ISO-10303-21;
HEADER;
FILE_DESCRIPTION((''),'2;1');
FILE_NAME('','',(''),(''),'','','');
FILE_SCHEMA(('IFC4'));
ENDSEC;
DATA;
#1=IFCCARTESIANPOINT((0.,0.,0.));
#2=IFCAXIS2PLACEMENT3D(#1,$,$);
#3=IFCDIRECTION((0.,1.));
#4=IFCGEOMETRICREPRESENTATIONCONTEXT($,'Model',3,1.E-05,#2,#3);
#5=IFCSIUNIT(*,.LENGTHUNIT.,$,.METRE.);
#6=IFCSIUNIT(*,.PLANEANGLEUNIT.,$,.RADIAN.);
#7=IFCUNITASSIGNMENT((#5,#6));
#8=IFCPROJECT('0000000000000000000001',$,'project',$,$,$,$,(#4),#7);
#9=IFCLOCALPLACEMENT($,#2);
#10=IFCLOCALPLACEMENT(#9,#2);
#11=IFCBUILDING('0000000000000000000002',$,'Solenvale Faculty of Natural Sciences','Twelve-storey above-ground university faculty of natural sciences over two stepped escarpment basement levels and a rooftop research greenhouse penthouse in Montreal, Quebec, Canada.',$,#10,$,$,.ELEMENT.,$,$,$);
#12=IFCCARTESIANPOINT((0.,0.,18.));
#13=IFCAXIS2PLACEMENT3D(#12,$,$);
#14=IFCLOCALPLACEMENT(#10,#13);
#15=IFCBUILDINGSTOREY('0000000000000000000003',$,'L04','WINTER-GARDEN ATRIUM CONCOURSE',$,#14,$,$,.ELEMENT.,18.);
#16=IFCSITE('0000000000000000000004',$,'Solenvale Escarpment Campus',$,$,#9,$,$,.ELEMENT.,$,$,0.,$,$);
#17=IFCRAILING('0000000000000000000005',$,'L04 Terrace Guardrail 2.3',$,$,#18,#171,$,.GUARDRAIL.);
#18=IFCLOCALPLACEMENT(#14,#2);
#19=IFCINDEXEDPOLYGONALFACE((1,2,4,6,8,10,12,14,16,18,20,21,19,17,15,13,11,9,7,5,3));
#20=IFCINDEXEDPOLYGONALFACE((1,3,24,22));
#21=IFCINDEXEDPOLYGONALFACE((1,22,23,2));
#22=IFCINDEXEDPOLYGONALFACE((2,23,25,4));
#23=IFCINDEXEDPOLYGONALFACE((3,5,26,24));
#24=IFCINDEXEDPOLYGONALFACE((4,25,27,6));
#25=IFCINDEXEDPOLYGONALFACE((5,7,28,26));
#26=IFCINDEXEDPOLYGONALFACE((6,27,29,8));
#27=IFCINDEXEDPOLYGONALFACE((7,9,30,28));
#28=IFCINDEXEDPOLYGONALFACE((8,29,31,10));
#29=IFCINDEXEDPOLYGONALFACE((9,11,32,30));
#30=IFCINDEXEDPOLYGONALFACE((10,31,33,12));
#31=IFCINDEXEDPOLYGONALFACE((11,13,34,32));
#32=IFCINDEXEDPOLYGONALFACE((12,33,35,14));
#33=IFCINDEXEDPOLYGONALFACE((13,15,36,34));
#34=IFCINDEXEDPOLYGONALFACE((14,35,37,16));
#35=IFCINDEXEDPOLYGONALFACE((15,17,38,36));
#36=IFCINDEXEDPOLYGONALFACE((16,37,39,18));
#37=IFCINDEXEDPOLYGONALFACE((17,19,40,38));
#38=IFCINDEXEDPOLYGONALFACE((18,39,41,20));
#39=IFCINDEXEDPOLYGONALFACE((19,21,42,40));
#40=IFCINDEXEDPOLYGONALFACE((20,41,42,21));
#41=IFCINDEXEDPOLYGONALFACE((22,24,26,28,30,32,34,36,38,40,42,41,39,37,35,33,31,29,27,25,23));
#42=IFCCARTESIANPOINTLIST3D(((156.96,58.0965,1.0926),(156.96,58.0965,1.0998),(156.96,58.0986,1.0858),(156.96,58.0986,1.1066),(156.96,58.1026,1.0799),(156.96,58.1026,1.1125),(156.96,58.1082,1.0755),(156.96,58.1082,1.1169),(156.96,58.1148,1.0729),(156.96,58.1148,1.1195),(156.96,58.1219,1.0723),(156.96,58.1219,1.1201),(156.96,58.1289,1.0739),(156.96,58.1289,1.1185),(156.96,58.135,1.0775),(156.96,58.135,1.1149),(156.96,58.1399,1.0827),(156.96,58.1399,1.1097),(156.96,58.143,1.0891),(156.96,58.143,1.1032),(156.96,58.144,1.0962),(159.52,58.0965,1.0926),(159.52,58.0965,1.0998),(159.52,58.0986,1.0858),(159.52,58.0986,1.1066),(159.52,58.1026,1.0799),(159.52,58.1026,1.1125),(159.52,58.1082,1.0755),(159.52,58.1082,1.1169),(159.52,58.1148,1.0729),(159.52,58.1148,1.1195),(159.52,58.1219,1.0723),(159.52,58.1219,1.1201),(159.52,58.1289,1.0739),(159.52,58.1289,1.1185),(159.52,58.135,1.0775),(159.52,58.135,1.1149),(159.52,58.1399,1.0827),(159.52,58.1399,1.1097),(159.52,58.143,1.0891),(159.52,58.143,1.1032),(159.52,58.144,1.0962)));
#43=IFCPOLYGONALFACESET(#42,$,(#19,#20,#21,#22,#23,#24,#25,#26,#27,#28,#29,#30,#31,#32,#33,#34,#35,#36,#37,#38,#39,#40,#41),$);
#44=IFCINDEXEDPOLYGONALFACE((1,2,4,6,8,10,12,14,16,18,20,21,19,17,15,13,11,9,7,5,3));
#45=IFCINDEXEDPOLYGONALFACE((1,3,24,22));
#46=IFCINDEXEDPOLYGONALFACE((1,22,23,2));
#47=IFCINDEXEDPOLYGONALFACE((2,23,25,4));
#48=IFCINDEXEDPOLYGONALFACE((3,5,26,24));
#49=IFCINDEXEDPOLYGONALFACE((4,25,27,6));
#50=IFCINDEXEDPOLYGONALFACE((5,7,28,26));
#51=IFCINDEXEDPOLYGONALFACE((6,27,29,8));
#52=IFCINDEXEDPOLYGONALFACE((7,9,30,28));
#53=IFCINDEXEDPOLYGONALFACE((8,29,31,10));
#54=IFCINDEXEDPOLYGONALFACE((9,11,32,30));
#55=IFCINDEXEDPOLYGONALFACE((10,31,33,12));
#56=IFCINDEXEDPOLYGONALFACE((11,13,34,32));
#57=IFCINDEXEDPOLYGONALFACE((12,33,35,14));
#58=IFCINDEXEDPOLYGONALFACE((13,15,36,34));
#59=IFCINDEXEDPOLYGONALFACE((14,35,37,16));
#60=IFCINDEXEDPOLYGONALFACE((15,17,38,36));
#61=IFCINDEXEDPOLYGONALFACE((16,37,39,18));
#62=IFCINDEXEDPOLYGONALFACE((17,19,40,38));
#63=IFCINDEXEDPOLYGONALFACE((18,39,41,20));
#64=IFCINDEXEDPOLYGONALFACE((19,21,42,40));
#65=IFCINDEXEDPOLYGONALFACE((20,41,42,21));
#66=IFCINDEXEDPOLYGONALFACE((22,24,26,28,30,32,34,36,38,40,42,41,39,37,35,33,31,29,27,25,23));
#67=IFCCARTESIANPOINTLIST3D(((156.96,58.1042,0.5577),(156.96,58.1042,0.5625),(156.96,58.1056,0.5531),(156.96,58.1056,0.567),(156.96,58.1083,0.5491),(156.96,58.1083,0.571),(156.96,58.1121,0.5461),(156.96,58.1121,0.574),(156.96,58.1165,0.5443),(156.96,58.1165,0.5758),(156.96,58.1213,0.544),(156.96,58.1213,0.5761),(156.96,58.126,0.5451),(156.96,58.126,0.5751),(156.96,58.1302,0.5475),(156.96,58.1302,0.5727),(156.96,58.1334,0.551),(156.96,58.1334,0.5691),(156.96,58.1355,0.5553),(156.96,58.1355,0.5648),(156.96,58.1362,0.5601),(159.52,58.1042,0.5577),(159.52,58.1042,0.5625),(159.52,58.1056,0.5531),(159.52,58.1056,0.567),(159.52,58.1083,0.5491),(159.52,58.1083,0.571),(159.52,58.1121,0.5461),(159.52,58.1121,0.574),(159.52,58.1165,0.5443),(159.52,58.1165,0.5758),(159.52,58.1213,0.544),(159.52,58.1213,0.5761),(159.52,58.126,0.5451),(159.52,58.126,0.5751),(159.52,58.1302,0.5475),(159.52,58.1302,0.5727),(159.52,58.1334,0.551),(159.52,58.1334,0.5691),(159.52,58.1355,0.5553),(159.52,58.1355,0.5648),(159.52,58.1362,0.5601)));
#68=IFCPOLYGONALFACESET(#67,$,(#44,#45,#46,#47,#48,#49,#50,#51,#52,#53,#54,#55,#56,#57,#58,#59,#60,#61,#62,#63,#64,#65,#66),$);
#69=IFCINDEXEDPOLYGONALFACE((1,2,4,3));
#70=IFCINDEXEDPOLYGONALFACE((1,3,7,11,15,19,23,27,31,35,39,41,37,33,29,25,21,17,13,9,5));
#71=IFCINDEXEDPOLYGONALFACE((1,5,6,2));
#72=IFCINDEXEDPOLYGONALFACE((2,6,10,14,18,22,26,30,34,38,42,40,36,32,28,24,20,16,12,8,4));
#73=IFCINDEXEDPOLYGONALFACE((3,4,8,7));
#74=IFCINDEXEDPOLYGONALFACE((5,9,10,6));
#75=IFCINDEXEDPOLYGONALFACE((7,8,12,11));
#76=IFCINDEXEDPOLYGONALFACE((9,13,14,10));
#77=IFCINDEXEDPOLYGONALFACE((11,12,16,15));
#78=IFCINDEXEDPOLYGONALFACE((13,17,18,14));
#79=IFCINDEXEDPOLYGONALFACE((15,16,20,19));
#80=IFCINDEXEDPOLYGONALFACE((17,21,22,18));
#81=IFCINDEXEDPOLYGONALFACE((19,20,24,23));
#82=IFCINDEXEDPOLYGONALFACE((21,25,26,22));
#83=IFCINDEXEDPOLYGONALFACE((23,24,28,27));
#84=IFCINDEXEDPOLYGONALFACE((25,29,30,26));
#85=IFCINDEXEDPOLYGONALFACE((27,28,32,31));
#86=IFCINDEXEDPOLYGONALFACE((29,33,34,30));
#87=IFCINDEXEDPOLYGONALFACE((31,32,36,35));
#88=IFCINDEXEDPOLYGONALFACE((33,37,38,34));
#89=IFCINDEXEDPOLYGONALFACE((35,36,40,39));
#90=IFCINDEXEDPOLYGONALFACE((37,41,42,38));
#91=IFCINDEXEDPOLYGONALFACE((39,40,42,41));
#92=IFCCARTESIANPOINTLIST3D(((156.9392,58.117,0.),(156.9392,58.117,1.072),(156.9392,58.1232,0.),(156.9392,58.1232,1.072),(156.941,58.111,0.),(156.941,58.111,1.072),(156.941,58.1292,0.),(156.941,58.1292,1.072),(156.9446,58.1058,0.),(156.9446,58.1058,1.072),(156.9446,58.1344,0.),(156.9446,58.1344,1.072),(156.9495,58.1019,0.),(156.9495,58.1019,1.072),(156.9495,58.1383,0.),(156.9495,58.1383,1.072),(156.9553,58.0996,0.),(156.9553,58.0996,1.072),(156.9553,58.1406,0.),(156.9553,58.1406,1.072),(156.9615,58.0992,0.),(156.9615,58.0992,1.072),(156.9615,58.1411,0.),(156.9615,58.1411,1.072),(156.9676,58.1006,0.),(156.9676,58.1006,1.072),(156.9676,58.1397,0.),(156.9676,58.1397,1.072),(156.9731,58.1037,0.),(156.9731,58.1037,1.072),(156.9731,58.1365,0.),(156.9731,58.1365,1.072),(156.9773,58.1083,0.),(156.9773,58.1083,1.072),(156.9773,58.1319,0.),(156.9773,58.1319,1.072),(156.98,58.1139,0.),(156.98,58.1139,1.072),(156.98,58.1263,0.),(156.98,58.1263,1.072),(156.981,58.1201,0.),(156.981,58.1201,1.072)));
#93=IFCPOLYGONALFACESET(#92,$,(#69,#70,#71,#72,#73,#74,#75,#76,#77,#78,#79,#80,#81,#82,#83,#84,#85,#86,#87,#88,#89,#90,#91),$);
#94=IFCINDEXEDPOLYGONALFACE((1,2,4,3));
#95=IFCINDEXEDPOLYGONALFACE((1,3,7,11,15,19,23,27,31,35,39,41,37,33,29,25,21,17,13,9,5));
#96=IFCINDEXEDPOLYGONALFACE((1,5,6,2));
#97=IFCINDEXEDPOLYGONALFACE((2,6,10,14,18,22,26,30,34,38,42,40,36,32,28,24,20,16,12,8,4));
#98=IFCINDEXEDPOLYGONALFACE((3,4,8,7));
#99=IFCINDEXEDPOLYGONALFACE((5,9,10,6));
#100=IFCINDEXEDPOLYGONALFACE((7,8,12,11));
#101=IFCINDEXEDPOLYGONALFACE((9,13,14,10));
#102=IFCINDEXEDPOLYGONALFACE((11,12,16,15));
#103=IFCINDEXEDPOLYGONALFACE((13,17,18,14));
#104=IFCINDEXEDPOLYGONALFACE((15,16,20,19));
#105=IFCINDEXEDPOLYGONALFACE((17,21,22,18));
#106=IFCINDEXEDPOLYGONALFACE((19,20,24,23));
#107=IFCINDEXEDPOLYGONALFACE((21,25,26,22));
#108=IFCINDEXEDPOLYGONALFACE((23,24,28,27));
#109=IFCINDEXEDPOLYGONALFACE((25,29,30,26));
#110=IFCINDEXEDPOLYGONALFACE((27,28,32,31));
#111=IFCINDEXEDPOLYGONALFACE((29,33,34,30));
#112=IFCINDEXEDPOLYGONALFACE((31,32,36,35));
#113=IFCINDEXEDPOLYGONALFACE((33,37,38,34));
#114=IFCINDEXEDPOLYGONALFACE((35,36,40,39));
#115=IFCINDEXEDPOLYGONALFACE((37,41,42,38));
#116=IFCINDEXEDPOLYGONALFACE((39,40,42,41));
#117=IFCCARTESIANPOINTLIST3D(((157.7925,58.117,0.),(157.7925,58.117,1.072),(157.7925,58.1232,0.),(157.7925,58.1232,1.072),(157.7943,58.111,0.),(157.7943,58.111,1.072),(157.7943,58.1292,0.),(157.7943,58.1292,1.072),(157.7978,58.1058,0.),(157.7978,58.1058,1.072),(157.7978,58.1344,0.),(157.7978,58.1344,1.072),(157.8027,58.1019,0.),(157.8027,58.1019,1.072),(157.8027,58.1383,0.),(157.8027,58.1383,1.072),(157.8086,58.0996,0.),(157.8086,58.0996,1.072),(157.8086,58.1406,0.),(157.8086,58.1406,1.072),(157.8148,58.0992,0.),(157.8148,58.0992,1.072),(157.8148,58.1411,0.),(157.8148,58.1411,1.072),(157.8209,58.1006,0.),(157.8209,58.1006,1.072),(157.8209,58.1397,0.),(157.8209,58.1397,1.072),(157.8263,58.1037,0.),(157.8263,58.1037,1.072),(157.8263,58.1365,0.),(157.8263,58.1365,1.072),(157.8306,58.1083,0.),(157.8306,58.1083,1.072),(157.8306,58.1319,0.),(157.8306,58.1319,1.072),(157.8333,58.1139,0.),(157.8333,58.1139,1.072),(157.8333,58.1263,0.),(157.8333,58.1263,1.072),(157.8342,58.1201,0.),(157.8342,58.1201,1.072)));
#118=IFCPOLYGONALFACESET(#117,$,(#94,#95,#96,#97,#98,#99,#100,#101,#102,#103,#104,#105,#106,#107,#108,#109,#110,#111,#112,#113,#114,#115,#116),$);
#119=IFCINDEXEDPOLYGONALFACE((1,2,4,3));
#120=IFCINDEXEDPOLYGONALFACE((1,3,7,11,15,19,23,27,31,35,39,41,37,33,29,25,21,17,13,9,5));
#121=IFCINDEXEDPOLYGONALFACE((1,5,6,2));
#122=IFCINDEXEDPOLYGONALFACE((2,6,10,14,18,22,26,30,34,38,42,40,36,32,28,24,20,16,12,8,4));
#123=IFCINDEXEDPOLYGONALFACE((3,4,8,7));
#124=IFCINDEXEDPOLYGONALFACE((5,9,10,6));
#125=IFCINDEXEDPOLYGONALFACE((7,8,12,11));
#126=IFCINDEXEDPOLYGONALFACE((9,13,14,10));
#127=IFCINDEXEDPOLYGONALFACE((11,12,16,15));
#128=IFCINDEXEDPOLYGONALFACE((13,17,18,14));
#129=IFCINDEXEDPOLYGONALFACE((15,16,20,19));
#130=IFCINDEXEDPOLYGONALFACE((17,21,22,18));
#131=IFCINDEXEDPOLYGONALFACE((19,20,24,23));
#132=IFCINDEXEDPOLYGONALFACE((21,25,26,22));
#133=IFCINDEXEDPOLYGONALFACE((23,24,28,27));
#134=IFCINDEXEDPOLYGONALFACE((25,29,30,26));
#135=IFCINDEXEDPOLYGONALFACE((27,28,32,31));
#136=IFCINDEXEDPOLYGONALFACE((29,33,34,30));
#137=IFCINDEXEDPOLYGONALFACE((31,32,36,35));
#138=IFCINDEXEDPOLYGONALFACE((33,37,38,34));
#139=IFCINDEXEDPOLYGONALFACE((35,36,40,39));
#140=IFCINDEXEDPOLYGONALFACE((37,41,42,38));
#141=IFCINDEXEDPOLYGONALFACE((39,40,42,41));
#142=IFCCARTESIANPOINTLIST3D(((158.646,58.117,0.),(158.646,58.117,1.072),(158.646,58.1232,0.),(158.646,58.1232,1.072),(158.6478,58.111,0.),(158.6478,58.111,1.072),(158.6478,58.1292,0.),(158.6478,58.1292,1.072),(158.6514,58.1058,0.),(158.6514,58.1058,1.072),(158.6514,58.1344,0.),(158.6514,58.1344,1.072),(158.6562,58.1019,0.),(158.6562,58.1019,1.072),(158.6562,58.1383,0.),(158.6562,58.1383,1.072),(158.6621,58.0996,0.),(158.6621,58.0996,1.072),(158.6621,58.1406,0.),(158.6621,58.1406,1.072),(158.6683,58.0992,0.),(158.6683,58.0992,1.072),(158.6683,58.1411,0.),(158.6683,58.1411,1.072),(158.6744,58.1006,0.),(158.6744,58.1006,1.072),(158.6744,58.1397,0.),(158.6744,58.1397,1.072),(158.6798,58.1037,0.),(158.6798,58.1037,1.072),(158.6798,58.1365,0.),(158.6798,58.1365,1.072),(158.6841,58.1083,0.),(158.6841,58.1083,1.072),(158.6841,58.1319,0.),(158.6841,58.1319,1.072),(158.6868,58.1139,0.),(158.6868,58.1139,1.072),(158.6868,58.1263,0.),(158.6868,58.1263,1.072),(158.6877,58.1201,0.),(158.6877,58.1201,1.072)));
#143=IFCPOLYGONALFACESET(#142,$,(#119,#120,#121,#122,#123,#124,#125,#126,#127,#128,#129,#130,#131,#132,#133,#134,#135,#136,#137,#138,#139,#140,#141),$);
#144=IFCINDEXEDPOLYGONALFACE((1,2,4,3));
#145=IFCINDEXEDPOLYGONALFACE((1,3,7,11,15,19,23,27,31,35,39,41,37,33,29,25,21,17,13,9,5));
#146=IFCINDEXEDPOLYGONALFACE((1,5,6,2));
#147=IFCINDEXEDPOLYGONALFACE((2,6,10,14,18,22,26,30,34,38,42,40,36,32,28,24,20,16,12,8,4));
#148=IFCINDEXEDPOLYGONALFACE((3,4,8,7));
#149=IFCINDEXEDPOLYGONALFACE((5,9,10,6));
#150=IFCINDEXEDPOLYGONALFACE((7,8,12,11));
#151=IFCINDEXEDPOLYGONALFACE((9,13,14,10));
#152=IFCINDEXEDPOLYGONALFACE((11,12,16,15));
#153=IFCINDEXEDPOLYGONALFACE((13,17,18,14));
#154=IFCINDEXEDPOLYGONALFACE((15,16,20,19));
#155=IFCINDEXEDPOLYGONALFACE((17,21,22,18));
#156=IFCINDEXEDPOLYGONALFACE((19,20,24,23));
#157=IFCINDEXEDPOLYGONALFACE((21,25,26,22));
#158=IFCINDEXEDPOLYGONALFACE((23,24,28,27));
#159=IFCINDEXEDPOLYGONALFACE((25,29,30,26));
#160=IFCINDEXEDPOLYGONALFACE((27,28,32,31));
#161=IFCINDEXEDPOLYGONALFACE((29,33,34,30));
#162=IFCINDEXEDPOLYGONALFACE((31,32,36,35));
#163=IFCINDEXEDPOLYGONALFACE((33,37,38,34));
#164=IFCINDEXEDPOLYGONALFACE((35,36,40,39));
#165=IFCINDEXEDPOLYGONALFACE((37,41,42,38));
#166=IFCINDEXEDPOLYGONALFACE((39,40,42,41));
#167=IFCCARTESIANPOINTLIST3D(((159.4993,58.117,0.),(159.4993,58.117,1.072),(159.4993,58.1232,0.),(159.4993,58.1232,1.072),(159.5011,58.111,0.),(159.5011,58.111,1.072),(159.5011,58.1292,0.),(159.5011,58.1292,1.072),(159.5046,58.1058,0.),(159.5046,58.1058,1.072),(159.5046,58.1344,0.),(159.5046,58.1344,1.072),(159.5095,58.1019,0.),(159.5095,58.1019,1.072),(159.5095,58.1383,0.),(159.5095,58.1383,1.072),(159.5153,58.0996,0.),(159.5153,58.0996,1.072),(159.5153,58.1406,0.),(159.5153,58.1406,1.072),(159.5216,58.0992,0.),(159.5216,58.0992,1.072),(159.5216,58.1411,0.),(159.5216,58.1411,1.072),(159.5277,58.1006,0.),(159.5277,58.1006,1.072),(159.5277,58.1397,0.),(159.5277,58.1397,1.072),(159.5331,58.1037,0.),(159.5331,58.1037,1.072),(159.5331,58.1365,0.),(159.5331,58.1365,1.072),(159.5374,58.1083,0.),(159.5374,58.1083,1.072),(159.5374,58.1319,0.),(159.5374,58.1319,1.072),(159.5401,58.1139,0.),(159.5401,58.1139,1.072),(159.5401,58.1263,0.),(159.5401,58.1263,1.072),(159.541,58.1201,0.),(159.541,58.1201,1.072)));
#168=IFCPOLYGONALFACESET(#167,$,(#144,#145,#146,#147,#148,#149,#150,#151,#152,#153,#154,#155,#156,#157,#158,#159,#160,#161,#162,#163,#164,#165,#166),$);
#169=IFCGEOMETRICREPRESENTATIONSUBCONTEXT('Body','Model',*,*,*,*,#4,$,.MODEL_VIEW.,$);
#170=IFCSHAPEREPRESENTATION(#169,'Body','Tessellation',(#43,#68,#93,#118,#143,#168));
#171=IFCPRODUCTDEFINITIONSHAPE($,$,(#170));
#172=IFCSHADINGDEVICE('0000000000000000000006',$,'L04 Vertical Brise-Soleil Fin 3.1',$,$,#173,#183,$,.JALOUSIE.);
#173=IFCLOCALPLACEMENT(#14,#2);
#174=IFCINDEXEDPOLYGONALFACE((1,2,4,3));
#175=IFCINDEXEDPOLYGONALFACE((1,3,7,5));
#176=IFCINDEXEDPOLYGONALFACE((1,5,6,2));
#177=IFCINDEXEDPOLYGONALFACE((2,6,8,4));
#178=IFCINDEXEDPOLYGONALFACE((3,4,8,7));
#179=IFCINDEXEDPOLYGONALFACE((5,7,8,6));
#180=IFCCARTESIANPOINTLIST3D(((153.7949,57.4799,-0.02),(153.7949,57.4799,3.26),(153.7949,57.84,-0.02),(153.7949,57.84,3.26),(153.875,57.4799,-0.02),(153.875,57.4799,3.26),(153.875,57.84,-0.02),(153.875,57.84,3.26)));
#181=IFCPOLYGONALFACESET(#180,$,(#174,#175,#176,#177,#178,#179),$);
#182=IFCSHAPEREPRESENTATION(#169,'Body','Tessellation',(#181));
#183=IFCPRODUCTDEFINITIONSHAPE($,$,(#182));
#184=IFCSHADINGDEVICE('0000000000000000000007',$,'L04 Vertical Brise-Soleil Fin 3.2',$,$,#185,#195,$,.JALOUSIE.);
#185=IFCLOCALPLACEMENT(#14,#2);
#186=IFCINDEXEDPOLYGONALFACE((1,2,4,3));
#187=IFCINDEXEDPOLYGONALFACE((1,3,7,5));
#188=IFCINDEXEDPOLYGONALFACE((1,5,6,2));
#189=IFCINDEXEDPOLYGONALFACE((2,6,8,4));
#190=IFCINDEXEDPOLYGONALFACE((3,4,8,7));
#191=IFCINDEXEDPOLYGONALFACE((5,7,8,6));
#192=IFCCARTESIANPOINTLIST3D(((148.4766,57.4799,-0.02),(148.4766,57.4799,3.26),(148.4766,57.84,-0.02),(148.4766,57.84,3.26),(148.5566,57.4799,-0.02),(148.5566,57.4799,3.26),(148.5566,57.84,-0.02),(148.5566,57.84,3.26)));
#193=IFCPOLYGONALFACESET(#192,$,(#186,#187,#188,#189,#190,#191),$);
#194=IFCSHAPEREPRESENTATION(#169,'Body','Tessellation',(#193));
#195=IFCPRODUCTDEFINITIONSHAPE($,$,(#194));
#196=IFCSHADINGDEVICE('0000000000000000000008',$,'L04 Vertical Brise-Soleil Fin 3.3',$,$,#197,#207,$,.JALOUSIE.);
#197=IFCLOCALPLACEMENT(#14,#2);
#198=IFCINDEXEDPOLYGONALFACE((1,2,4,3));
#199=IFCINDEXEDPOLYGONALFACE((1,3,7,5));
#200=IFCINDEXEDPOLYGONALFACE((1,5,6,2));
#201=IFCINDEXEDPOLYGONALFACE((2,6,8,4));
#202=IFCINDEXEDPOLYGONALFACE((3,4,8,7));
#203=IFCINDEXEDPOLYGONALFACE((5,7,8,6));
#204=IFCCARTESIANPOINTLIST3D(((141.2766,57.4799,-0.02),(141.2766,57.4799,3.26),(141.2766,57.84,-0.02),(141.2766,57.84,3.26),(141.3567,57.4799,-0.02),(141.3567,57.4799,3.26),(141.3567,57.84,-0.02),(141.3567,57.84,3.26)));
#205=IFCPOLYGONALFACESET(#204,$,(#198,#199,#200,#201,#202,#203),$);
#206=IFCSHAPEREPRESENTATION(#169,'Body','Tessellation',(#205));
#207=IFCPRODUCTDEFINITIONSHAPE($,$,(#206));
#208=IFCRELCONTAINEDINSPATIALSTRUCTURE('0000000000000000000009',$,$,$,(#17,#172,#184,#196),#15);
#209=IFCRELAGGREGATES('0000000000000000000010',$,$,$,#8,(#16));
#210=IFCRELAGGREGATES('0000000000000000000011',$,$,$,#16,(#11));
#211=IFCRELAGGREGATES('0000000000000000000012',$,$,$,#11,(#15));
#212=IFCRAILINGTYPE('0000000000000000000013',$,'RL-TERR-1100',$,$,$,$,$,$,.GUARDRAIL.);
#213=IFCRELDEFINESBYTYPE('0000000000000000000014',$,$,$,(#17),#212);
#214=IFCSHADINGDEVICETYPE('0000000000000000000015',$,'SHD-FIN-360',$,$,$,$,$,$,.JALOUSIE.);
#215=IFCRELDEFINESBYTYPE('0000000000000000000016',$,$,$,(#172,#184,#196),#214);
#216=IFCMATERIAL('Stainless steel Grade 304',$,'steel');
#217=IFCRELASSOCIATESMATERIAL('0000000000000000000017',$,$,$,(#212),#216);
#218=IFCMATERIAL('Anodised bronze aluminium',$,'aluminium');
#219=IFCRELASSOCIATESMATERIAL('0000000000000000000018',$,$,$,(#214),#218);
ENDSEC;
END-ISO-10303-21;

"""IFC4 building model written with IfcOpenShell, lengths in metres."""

from ifc_helpers import new_model, si_unit, direction, frame, origin, origin_2d, place, context, subcontext, project, spatial, rectangle, circle, extrude, material, material_profile, profile_set, type_object, element, save


model = new_model("IFC4")

# Units and contexts
model_context = context("Model", 3, precision=1e-05, world=origin(), true_north=direction((0.0, 1.0)))
body_context = subcontext(model_context, "Body", "Model", "MODEL_VIEW")
ifc_project = project(units=[si_unit("LENGTHUNIT", "METRE"), si_unit("PLANEANGLEUNIT", "RADIAN")], contexts=[model_context])

# Site, building, storey
site_placement = place(None, origin())
site = spatial("IfcSite", under=ifc_project, at=site_placement, Name="Solenvale Escarpment Campus", CompositionType="ELEMENT", RefElevation=0.0)
building_placement = place(site_placement, origin())
building = spatial("IfcBuilding", under=site, at=building_placement, Name="Solenvale Faculty of Natural Sciences", Description="Twelve-storey above-ground university faculty of natural sciences over two stepped escarpment basement levels and a rooftop research greenhouse penthouse in Montreal, Quebec, Canada.", CompositionType="ELEMENT")
storey_placement = place(building_placement, frame((0.0, 0.0, 18.0)))
storey = spatial("IfcBuildingStorey", under=building, at=storey_placement, Name="L04", Description="WINTER-GARDEN ATRIUM CONCOURSE", CompositionType="ELEMENT", Elevation=18.0)

# Shared definitions
ifc_material_1 = material(Name="Anodised bronze aluminium", Category="aluminium")

# Railing
ifc_material_2 = material(Name="Stainless steel Grade 304", Category="steel")
railing_type = type_object("IfcRailingType", Name="RL-TERR-1100", PredefinedType="GUARDRAIL", material=ifc_material_2)
railing_1_placement = place(storey_placement, frame((156.96, 58.1201, 0.0)))
element("IfcRailing", 1, at=railing_1_placement, inside=storey, type_object=railing_type, Name="L04 Terrace Guardrail 2.3", PredefinedType="GUARDRAIL", context=body_context, shape_type="SweptSolid", body=[
    extrude(circle(Radius=0.0239, at=origin_2d()), frame((0.0, 0.0, 1.0962), z_axis=(1.0, 0.0, 0.0), x_axis=(0.0, 1.0, 0.0)), (0.0, 0.0, 1.0), 2.5601),
    extrude(circle(Radius=0.0161, at=origin_2d()), frame((0.0, 0.0, 0.5601), z_axis=(1.0, 0.0, 0.0), x_axis=(0.0, 1.0, 0.0)), (0.0, 0.0, 1.0), 2.5601),
    extrude(circle(Radius=0.021, at=origin_2d()), origin(), (0.0, 0.0, 1.0), 1.072),
    extrude(circle(Radius=0.021, at=origin_2d()), frame((0.8533, 0.0, 0.0)), (0.0, 0.0, 1.0), 1.072),
    extrude(circle(Radius=0.021, at=origin_2d()), frame((1.7068, 0.0, 0.0)), (0.0, 0.0, 1.0), 1.072),
    extrude(circle(Radius=0.021, at=origin_2d()), frame((2.5601, 0.0, 0.0)), (0.0, 0.0, 1.0), 1.072),
])

# Shading devices
ifc_material_profile_1 = material_profile(ifc_material_1, rectangle(XDim=0.0801, YDim=0.3601, at=origin_2d()), Name="ALU-FIN-80x360")
ifc_profile_set_1 = profile_set([ifc_material_profile_1], Name="Anodised bronze aluminium")
shading_device_type = type_object("IfcShadingDeviceType", Name="SHD-FIN-360", PredefinedType="JALOUSIE", material=ifc_profile_set_1)
for number, where, z_axis, x_axis, name in (
    (2, (153.835, 57.6599, -0.02), (0.0, 0.0, 1.0), (1.0, 0.0, 0.0), "L04 Vertical Brise-Soleil Fin 3.1"),
    (3, (148.5166, 57.6599, -0.02), (0.0, 0.0, 1.0), (1.0, 0.0, 0.0), "L04 Vertical Brise-Soleil Fin 3.2"),
    (4, (141.3167, 57.6599, -0.02), (0.0, 0.0, 1.0), (1.0, 0.0, 0.0), "L04 Vertical Brise-Soleil Fin 3.3"),
):
    element("IfcShadingDevice", number, at=place(storey_placement, frame(where, z_axis=z_axis, x_axis=x_axis)), inside=storey, type_object=shading_device_type, Name=name, PredefinedType="JALOUSIE", context=body_context, shape_type="SweptSolid", body=[
        extrude(rectangle(XDim=0.0801, YDim=0.3601, at=origin_2d()), origin(), (0.0, 0.0, 1.0), 3.28),
    ])

save(model, "model.ifc")
